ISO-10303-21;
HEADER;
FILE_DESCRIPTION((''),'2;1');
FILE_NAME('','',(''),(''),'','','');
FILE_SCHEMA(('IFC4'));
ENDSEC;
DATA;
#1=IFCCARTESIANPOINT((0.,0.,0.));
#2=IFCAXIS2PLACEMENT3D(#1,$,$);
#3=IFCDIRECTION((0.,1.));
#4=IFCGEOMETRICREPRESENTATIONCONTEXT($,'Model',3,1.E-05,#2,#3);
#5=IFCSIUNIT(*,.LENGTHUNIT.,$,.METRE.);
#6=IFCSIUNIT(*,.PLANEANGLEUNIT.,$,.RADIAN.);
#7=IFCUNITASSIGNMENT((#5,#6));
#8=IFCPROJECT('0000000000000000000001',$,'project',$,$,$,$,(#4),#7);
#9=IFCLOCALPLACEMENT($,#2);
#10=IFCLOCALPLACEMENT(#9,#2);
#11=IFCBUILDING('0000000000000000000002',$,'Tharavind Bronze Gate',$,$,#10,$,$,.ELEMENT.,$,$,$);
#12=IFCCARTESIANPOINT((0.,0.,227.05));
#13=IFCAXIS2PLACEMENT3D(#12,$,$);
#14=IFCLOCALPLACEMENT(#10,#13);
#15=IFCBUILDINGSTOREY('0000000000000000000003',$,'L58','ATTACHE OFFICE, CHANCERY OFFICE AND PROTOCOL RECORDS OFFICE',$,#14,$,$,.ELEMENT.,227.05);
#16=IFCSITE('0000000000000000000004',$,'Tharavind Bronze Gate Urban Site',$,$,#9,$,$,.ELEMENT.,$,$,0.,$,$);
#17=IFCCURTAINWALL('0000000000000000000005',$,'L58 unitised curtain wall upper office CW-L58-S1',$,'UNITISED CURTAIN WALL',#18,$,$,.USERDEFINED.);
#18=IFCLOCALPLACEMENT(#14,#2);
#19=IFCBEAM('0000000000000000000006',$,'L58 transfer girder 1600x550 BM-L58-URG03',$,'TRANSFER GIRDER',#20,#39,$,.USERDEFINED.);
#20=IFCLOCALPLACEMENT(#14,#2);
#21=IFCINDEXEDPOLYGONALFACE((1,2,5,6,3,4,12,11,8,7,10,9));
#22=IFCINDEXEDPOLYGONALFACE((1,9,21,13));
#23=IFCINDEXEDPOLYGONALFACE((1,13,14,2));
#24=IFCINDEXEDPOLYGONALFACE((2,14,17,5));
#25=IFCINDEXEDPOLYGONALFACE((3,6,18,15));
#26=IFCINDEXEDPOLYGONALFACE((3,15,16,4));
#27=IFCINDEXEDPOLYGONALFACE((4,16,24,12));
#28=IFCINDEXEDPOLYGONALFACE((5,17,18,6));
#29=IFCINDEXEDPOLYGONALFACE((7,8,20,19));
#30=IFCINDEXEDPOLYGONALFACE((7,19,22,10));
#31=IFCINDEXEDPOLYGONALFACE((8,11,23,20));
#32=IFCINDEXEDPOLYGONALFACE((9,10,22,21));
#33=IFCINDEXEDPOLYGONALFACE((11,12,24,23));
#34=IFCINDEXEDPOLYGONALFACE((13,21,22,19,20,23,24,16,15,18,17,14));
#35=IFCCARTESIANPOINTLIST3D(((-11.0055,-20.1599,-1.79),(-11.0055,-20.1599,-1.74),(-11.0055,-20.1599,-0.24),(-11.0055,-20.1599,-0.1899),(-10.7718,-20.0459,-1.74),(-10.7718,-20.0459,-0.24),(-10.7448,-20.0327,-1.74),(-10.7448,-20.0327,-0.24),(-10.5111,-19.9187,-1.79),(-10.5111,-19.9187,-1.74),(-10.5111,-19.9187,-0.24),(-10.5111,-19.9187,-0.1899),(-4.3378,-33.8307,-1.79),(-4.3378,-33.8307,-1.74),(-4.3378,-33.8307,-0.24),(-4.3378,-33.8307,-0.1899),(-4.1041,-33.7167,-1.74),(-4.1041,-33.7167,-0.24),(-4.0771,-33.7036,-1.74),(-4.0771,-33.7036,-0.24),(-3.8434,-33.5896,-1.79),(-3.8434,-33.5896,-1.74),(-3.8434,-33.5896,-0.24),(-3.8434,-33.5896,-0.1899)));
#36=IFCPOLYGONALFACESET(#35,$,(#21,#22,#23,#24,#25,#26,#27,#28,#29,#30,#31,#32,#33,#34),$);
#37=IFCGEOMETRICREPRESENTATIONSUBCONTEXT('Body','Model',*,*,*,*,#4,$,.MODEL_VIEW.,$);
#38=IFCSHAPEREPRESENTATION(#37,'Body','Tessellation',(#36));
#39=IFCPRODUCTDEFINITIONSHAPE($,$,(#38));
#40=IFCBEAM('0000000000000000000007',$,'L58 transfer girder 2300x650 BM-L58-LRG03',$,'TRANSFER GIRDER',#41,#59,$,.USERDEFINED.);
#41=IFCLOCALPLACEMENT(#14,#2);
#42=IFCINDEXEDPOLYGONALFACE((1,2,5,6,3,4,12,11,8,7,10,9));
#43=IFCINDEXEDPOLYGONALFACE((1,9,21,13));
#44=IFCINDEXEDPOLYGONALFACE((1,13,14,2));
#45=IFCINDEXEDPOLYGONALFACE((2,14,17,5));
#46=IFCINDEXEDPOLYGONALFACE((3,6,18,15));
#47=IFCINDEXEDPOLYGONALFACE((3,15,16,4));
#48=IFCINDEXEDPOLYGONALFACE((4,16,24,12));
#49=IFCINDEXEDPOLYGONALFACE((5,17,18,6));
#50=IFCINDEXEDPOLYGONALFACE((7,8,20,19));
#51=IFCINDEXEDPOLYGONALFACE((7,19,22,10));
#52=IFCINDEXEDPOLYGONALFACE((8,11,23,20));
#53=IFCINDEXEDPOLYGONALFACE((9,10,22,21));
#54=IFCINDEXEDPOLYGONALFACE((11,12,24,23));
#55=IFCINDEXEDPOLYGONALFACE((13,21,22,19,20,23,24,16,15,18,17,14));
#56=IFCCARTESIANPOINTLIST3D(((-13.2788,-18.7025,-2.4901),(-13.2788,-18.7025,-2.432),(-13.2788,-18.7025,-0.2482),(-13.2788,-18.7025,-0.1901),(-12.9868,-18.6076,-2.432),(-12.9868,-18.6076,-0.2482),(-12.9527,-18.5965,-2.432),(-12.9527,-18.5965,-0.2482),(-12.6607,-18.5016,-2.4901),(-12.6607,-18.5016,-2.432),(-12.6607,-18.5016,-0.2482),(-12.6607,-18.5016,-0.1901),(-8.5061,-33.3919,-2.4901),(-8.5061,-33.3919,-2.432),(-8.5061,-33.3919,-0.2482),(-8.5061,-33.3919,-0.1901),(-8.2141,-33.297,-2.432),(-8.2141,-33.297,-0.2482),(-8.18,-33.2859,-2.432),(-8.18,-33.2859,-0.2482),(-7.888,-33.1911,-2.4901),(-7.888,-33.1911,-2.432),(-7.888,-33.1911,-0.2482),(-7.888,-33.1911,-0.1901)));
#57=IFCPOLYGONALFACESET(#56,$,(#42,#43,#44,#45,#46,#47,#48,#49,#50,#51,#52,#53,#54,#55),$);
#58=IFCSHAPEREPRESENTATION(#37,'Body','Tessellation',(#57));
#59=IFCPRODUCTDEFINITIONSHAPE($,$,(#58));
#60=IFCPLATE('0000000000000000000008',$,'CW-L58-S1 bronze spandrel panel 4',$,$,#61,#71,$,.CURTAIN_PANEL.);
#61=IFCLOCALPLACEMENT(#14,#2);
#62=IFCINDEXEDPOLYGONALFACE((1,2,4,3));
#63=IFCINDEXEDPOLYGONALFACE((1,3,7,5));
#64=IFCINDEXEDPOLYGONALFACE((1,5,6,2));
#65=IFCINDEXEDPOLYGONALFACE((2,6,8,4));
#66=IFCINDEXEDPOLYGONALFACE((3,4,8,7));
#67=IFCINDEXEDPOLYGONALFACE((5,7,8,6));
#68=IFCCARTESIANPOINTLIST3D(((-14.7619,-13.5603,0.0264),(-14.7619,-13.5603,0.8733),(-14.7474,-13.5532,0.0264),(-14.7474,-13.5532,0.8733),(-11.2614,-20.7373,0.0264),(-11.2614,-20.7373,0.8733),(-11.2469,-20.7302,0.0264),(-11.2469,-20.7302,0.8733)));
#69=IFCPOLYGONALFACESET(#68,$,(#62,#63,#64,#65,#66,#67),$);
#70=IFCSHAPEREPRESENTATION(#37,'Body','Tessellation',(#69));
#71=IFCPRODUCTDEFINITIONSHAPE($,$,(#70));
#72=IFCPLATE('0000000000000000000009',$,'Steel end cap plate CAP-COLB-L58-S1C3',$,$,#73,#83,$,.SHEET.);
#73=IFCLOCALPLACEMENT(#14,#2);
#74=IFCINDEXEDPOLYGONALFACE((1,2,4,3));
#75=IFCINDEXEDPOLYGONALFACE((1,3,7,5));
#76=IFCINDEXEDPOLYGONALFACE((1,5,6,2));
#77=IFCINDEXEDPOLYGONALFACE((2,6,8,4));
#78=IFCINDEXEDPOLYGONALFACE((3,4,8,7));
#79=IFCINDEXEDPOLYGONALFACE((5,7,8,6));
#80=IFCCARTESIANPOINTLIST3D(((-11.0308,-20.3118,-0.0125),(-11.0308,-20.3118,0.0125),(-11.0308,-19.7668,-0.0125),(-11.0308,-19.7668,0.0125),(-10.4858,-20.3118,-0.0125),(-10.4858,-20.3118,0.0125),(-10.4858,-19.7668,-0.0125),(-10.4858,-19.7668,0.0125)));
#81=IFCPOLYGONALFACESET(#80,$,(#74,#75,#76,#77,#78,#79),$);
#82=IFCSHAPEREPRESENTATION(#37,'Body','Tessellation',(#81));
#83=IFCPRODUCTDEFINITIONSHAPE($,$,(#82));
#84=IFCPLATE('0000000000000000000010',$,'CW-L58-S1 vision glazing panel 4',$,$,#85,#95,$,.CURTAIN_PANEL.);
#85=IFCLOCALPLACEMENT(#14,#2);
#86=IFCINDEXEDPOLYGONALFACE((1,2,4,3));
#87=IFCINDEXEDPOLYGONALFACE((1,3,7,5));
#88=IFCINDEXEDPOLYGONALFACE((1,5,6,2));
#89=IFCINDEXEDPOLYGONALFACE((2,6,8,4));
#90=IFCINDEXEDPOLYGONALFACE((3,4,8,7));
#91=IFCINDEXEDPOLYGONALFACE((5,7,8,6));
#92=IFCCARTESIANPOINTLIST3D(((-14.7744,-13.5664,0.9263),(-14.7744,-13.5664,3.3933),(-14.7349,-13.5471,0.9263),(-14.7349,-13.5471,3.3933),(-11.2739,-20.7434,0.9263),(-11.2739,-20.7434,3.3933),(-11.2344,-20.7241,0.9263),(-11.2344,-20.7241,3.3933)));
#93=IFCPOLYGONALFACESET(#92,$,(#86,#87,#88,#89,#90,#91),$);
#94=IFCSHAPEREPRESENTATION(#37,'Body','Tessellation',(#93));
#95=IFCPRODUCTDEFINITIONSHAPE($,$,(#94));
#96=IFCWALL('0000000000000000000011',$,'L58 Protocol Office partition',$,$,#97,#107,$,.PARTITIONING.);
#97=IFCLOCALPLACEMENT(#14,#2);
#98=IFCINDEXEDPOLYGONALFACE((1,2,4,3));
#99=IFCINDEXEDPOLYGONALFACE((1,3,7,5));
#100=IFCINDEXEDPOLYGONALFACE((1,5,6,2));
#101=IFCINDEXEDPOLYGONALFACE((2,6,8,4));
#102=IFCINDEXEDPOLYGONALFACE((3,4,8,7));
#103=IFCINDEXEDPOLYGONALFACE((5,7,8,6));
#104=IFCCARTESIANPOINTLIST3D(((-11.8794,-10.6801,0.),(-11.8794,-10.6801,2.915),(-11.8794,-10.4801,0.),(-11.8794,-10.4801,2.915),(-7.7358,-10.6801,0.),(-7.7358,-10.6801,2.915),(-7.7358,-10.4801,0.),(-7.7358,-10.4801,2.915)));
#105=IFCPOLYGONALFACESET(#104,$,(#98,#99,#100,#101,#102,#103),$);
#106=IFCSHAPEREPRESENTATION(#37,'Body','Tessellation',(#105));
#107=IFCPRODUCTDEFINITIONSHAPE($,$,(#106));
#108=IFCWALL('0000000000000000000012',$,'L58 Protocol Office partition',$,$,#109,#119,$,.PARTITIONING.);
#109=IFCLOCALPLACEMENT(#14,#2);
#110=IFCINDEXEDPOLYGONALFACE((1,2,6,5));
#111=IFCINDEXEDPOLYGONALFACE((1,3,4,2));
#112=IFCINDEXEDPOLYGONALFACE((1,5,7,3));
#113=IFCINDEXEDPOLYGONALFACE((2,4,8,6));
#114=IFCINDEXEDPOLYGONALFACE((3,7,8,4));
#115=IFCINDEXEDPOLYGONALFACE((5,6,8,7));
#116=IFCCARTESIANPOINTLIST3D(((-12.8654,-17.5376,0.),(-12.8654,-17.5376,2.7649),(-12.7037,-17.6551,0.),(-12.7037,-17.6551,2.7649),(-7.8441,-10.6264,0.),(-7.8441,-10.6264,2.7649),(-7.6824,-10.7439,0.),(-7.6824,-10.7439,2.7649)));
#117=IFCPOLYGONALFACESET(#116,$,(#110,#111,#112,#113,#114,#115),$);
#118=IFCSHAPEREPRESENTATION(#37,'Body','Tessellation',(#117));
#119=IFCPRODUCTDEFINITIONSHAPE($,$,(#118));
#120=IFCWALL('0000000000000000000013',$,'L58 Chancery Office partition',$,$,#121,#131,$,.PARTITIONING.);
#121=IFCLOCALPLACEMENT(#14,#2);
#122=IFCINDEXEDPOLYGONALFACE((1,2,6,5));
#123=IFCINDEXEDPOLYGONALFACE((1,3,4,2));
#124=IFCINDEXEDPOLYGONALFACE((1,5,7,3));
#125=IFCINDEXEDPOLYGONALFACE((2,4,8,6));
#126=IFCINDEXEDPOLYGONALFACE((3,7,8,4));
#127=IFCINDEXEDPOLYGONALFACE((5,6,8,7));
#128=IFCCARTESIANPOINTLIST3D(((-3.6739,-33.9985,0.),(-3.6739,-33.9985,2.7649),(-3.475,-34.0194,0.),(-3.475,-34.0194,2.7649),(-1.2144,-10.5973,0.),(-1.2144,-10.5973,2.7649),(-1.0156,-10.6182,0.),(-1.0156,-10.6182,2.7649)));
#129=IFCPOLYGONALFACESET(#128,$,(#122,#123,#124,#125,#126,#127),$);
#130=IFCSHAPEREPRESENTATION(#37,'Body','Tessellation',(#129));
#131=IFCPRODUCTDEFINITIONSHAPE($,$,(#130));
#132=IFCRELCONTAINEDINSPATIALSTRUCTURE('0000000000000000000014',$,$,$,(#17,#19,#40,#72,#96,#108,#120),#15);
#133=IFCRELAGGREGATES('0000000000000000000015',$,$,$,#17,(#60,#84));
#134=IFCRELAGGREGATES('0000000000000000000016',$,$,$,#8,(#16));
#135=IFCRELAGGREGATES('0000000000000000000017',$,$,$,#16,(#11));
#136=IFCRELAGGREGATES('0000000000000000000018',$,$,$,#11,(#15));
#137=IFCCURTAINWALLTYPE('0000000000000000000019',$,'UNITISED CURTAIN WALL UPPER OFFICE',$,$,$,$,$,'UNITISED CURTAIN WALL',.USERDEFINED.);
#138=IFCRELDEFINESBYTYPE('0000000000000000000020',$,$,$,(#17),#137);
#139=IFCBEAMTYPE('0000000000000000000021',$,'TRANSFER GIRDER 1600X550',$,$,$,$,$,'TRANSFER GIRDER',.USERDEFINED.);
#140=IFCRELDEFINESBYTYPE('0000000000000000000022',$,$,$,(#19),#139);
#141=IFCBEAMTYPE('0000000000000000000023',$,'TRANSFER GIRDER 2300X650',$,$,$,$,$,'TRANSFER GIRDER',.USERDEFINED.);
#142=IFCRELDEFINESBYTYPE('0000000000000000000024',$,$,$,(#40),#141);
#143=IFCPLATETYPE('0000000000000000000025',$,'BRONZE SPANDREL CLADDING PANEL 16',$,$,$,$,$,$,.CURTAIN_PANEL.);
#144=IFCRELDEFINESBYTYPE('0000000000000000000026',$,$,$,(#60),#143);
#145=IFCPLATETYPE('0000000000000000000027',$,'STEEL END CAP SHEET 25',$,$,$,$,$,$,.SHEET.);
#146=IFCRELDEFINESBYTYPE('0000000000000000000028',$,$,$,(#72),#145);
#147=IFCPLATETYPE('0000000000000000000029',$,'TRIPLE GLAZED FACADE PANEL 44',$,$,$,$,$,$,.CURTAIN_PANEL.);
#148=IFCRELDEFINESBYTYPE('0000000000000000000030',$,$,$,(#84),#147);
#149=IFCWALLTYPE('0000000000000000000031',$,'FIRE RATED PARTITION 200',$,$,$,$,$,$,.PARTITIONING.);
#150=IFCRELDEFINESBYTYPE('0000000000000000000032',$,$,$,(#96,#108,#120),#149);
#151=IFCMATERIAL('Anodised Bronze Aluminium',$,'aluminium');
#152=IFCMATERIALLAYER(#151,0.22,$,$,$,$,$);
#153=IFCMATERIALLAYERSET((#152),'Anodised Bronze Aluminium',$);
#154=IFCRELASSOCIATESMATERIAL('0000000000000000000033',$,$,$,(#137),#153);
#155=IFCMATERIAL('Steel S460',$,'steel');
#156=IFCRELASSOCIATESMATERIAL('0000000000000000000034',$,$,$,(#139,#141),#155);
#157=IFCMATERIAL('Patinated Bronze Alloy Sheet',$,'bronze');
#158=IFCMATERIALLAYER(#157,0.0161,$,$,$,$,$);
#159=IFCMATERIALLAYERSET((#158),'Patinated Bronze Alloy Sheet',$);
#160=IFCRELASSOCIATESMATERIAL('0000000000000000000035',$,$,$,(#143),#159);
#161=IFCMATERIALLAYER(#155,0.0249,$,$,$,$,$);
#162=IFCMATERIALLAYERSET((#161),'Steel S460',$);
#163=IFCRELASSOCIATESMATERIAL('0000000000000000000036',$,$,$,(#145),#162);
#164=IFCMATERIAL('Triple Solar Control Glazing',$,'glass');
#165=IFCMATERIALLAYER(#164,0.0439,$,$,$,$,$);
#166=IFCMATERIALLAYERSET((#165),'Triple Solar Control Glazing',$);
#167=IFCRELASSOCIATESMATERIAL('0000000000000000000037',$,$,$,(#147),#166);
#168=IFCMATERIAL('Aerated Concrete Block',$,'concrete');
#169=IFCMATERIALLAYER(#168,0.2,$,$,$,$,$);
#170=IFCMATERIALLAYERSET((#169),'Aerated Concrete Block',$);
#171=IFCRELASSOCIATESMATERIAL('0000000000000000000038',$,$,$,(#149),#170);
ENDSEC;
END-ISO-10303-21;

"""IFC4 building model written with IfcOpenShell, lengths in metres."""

from ifc_helpers import new_model, si_unit, direction, frame, frame_2d, origin, origin_2d, place, context, subcontext, project, spatial, rectangle, i_section, extrude, material, layer, layer_set, material_profile, profile_set, type_object, element, aggregate, save


model = new_model("IFC4")

# Units and contexts
model_context = context("Model", 3, precision=1e-05, world=origin(), true_north=direction((0.0, 1.0)))
body_context = subcontext(model_context, "Body", "Model", "MODEL_VIEW")
ifc_project = project(units=[si_unit("LENGTHUNIT", "METRE"), si_unit("PLANEANGLEUNIT", "RADIAN")], contexts=[model_context])

# Site, building, storey
site_placement = place(None, origin())
site = spatial("IfcSite", under=ifc_project, at=site_placement, Name="Tharavind Bronze Gate Urban Site", CompositionType="ELEMENT", RefElevation=0.0)
building_placement = place(site_placement, origin())
building = spatial("IfcBuilding", under=site, at=building_placement, Name="Tharavind Bronze Gate", CompositionType="ELEMENT")
storey_placement = place(building_placement, frame((0.0, 0.0, 227.05)))
storey = spatial("IfcBuildingStorey", under=building, at=storey_placement, Name="L58", Description="ATTACHE OFFICE, CHANCERY OFFICE AND PROTOCOL RECORDS OFFICE", CompositionType="ELEMENT", Elevation=227.05)

# Shared definitions
ifc_material_1 = material(Name="Steel S460", Category="steel")

# Curtain wall
ifc_material_2 = material(Name="Anodised Bronze Aluminium", Category="aluminium")
ifc_layer_1 = layer(ifc_material_2, 0.22)
ifc_layer_set_1 = layer_set([ifc_layer_1], Name="Anodised Bronze Aluminium")
curtain_wall_type = type_object("IfcCurtainWallType", Name="UNITISED CURTAIN WALL UPPER OFFICE", ElementType="UNITISED CURTAIN WALL", PredefinedType="USERDEFINED", material=ifc_layer_set_1)
curtain_wall_placement = place(storey_placement, origin())
curtain_wall = element("IfcCurtainWall", 1, at=curtain_wall_placement, inside=storey, type_object=curtain_wall_type, Name="L58 unitised curtain wall upper office CW-L58-S1", ObjectType="UNITISED CURTAIN WALL", PredefinedType="USERDEFINED")

# Beams
ifc_material_profile_1 = material_profile(ifc_material_1, i_section(OverallWidth=0.55, OverallDepth=1.6001, WebThickness=0.03, FlangeThickness=0.05, at=origin_2d()), Name="PG1600X550")
ifc_profile_set_1 = profile_set([ifc_material_profile_1], Name="Steel S460")
beam_type_1 = type_object("IfcBeamType", Name="TRANSFER GIRDER 1600X550", ElementType="TRANSFER GIRDER", PredefinedType="USERDEFINED", material=ifc_profile_set_1)
beam_1_placement = place(storey_placement, frame((-10.7583, -20.0393, -0.99), z_axis=(0.43837, -0.898795, 0.0), x_axis=(0.898795, 0.43837, 0.0)))
element("IfcBeam", 2, at=beam_1_placement, inside=storey, type_object=beam_type_1, Name="L58 transfer girder 1600x550 BM-L58-URG03", ObjectType="TRANSFER GIRDER", PredefinedType="USERDEFINED", context=body_context, shape_type="SweptSolid", body=[
    extrude(i_section(OverallWidth=0.55, OverallDepth=1.6001, WebThickness=0.03, FlangeThickness=0.05, at=origin_2d()), origin(), (0.0, 0.0, 1.0), 15.2102),
])
ifc_material_profile_2 = material_profile(ifc_material_1, i_section(OverallWidth=0.6499, OverallDepth=2.3, WebThickness=0.0359, FlangeThickness=0.0581, at=origin_2d()), Name="PG2300X650")
ifc_profile_set_2 = profile_set([ifc_material_profile_2], Name="Steel S460")
beam_type_2 = type_object("IfcBeamType", Name="TRANSFER GIRDER 2300X650", ElementType="TRANSFER GIRDER", PredefinedType="USERDEFINED", material=ifc_profile_set_2)
beam_2_placement = place(storey_placement, frame((-12.9697, -18.6021, -1.3401), z_axis=(0.309006, -0.95106, 0.0), x_axis=(0.95106, 0.309006, 0.0)))
element("IfcBeam", 3, at=beam_2_placement, inside=storey, type_object=beam_type_2, Name="L58 transfer girder 2300x650 BM-L58-LRG03", ObjectType="TRANSFER GIRDER", PredefinedType="USERDEFINED", context=body_context, shape_type="SweptSolid", body=[
    extrude(i_section(OverallWidth=0.6499, OverallDepth=2.3, WebThickness=0.0359, FlangeThickness=0.0581, at=origin_2d()), origin(), (0.0, 0.0, 1.0), 15.4453),
])

# Plates
ifc_material_3 = material(Name="Patinated Bronze Alloy Sheet", Category="bronze")
ifc_layer_2 = layer(ifc_material_3, 0.0161)
ifc_layer_set_2 = layer_set([ifc_layer_2], Name="Patinated Bronze Alloy Sheet")
plate_type_1 = type_object("IfcPlateType", Name="BRONZE SPANDREL CLADDING PANEL 16", PredefinedType="CURTAIN_PANEL", material=ifc_layer_set_2)
plate_1_placement = place(storey_placement, frame((-13.0044, -17.1453, 0.0264), z_axis=(0.0, 0.0, 1.0), x_axis=(0.438371, -0.898794, 0.0)))
plate_1 = element("IfcPlate", 4, at=plate_1_placement, type_object=plate_type_1, Name="CW-L58-S1 bronze spandrel panel 4", PredefinedType="CURTAIN_PANEL", context=body_context, shape_type="SweptSolid", body=[
    extrude(rectangle(XDim=7.9851, YDim=0.0161, at=origin_2d()), origin(), (0.0, 0.0, 1.0), 0.8469),
])
ifc_layer_3 = layer(ifc_material_1, 0.0249)
ifc_layer_set_3 = layer_set([ifc_layer_3], Name="Steel S460")
plate_type_2 = type_object("IfcPlateType", Name="STEEL END CAP SHEET 25", PredefinedType="SHEET", material=ifc_layer_set_3)
plate_2_placement = place(storey_placement, frame((-10.7583, -20.0393, -0.0125), z_axis=(0.0, 0.0, 1.0), x_axis=(1.0, 0.0, 0.0)))
element("IfcPlate", 5, at=plate_2_placement, inside=storey, type_object=plate_type_2, Name="Steel end cap plate CAP-COLB-L58-S1C3", PredefinedType="SHEET", context=body_context, shape_type="SweptSolid", body=[
    extrude(rectangle(XDim=0.5449, YDim=0.5449, at=origin_2d()), origin(), (0.0, 0.0, 1.0), 0.0249),
])
ifc_material_4 = material(Name="Triple Solar Control Glazing", Category="glass")
ifc_layer_4 = layer(ifc_material_4, 0.0439)
ifc_layer_set_4 = layer_set([ifc_layer_4], Name="Triple Solar Control Glazing")
plate_type_3 = type_object("IfcPlateType", Name="TRIPLE GLAZED FACADE PANEL 44", PredefinedType="CURTAIN_PANEL", material=ifc_layer_set_4)
plate_3_placement = place(storey_placement, frame((-13.0044, -17.1453, 0.9263), z_axis=(0.0, 0.0, 1.0), x_axis=(0.438371, -0.898794, 0.0)))
plate_3 = element("IfcPlate", 6, at=plate_3_placement, type_object=plate_type_3, Name="CW-L58-S1 vision glazing panel 4", PredefinedType="CURTAIN_PANEL", context=body_context, shape_type="SweptSolid", body=[
    extrude(rectangle(XDim=7.9851, YDim=0.0439, at=origin_2d()), origin(), (0.0, 0.0, 1.0), 2.467),
])
aggregate(curtain_wall, [plate_1, plate_3])

# Walls
ifc_material_5 = material(Name="Aerated Concrete Block", Category="concrete")
ifc_layer_5 = layer(ifc_material_5, 0.2)
ifc_layer_set_5 = layer_set([ifc_layer_5], Name="Aerated Concrete Block")
wall_type = type_object("IfcWallType", Name="FIRE RATED PARTITION 200", PredefinedType="PARTITIONING", material=ifc_layer_set_5)
wall_1_placement = place(storey_placement, frame((-11.8794, -10.5801, 0.0), z_axis=(0.0, 0.0, 1.0), x_axis=(1.0, 0.0, 0.0)))
element("IfcWall", 7, at=wall_1_placement, inside=storey, type_object=wall_type, Name="L58 Protocol Office partition", PredefinedType="PARTITIONING", context=body_context, shape_type="SweptSolid", body=[
    extrude(rectangle(XDim=4.1436, YDim=0.2, at=frame_2d((2.0718, 0.0))), origin(), (0.0, 0.0, 1.0), 2.915),
])
wall_2_placement = place(storey_placement, frame((-7.7632, -10.6851, 0.0), z_axis=(0.0, 0.0, 1.0), x_axis=(-0.587786, -0.809017, 0.0)))
element("IfcWall", 8, at=wall_2_placement, inside=storey, type_object=wall_type, Name="L58 Protocol Office partition", PredefinedType="PARTITIONING", context=body_context, shape_type="SweptSolid", body=[
    extrude(rectangle(XDim=8.5427, YDim=0.2, at=frame_2d((4.2715, 0.0))), origin(), (0.0, 0.0, 1.0), 2.7649),
])

# Wall
wall_3_placement = place(storey_placement, frame((-1.115, -10.6077, 0.0), z_axis=(0.0, 0.0, 1.0), x_axis=(-0.104525, -0.994522, 0.0)))
element("IfcWall", 9, at=wall_3_placement, inside=storey, type_object=wall_type, Name="L58 Chancery Office partition", PredefinedType="PARTITIONING", context=body_context, shape_type="SweptSolid", body=[
    extrude(rectangle(XDim=23.53, YDim=0.2, at=frame_2d((11.7651, 0.0))), origin(), (0.0, 0.0, 1.0), 2.7649),
])

save(model, "model.ifc")
